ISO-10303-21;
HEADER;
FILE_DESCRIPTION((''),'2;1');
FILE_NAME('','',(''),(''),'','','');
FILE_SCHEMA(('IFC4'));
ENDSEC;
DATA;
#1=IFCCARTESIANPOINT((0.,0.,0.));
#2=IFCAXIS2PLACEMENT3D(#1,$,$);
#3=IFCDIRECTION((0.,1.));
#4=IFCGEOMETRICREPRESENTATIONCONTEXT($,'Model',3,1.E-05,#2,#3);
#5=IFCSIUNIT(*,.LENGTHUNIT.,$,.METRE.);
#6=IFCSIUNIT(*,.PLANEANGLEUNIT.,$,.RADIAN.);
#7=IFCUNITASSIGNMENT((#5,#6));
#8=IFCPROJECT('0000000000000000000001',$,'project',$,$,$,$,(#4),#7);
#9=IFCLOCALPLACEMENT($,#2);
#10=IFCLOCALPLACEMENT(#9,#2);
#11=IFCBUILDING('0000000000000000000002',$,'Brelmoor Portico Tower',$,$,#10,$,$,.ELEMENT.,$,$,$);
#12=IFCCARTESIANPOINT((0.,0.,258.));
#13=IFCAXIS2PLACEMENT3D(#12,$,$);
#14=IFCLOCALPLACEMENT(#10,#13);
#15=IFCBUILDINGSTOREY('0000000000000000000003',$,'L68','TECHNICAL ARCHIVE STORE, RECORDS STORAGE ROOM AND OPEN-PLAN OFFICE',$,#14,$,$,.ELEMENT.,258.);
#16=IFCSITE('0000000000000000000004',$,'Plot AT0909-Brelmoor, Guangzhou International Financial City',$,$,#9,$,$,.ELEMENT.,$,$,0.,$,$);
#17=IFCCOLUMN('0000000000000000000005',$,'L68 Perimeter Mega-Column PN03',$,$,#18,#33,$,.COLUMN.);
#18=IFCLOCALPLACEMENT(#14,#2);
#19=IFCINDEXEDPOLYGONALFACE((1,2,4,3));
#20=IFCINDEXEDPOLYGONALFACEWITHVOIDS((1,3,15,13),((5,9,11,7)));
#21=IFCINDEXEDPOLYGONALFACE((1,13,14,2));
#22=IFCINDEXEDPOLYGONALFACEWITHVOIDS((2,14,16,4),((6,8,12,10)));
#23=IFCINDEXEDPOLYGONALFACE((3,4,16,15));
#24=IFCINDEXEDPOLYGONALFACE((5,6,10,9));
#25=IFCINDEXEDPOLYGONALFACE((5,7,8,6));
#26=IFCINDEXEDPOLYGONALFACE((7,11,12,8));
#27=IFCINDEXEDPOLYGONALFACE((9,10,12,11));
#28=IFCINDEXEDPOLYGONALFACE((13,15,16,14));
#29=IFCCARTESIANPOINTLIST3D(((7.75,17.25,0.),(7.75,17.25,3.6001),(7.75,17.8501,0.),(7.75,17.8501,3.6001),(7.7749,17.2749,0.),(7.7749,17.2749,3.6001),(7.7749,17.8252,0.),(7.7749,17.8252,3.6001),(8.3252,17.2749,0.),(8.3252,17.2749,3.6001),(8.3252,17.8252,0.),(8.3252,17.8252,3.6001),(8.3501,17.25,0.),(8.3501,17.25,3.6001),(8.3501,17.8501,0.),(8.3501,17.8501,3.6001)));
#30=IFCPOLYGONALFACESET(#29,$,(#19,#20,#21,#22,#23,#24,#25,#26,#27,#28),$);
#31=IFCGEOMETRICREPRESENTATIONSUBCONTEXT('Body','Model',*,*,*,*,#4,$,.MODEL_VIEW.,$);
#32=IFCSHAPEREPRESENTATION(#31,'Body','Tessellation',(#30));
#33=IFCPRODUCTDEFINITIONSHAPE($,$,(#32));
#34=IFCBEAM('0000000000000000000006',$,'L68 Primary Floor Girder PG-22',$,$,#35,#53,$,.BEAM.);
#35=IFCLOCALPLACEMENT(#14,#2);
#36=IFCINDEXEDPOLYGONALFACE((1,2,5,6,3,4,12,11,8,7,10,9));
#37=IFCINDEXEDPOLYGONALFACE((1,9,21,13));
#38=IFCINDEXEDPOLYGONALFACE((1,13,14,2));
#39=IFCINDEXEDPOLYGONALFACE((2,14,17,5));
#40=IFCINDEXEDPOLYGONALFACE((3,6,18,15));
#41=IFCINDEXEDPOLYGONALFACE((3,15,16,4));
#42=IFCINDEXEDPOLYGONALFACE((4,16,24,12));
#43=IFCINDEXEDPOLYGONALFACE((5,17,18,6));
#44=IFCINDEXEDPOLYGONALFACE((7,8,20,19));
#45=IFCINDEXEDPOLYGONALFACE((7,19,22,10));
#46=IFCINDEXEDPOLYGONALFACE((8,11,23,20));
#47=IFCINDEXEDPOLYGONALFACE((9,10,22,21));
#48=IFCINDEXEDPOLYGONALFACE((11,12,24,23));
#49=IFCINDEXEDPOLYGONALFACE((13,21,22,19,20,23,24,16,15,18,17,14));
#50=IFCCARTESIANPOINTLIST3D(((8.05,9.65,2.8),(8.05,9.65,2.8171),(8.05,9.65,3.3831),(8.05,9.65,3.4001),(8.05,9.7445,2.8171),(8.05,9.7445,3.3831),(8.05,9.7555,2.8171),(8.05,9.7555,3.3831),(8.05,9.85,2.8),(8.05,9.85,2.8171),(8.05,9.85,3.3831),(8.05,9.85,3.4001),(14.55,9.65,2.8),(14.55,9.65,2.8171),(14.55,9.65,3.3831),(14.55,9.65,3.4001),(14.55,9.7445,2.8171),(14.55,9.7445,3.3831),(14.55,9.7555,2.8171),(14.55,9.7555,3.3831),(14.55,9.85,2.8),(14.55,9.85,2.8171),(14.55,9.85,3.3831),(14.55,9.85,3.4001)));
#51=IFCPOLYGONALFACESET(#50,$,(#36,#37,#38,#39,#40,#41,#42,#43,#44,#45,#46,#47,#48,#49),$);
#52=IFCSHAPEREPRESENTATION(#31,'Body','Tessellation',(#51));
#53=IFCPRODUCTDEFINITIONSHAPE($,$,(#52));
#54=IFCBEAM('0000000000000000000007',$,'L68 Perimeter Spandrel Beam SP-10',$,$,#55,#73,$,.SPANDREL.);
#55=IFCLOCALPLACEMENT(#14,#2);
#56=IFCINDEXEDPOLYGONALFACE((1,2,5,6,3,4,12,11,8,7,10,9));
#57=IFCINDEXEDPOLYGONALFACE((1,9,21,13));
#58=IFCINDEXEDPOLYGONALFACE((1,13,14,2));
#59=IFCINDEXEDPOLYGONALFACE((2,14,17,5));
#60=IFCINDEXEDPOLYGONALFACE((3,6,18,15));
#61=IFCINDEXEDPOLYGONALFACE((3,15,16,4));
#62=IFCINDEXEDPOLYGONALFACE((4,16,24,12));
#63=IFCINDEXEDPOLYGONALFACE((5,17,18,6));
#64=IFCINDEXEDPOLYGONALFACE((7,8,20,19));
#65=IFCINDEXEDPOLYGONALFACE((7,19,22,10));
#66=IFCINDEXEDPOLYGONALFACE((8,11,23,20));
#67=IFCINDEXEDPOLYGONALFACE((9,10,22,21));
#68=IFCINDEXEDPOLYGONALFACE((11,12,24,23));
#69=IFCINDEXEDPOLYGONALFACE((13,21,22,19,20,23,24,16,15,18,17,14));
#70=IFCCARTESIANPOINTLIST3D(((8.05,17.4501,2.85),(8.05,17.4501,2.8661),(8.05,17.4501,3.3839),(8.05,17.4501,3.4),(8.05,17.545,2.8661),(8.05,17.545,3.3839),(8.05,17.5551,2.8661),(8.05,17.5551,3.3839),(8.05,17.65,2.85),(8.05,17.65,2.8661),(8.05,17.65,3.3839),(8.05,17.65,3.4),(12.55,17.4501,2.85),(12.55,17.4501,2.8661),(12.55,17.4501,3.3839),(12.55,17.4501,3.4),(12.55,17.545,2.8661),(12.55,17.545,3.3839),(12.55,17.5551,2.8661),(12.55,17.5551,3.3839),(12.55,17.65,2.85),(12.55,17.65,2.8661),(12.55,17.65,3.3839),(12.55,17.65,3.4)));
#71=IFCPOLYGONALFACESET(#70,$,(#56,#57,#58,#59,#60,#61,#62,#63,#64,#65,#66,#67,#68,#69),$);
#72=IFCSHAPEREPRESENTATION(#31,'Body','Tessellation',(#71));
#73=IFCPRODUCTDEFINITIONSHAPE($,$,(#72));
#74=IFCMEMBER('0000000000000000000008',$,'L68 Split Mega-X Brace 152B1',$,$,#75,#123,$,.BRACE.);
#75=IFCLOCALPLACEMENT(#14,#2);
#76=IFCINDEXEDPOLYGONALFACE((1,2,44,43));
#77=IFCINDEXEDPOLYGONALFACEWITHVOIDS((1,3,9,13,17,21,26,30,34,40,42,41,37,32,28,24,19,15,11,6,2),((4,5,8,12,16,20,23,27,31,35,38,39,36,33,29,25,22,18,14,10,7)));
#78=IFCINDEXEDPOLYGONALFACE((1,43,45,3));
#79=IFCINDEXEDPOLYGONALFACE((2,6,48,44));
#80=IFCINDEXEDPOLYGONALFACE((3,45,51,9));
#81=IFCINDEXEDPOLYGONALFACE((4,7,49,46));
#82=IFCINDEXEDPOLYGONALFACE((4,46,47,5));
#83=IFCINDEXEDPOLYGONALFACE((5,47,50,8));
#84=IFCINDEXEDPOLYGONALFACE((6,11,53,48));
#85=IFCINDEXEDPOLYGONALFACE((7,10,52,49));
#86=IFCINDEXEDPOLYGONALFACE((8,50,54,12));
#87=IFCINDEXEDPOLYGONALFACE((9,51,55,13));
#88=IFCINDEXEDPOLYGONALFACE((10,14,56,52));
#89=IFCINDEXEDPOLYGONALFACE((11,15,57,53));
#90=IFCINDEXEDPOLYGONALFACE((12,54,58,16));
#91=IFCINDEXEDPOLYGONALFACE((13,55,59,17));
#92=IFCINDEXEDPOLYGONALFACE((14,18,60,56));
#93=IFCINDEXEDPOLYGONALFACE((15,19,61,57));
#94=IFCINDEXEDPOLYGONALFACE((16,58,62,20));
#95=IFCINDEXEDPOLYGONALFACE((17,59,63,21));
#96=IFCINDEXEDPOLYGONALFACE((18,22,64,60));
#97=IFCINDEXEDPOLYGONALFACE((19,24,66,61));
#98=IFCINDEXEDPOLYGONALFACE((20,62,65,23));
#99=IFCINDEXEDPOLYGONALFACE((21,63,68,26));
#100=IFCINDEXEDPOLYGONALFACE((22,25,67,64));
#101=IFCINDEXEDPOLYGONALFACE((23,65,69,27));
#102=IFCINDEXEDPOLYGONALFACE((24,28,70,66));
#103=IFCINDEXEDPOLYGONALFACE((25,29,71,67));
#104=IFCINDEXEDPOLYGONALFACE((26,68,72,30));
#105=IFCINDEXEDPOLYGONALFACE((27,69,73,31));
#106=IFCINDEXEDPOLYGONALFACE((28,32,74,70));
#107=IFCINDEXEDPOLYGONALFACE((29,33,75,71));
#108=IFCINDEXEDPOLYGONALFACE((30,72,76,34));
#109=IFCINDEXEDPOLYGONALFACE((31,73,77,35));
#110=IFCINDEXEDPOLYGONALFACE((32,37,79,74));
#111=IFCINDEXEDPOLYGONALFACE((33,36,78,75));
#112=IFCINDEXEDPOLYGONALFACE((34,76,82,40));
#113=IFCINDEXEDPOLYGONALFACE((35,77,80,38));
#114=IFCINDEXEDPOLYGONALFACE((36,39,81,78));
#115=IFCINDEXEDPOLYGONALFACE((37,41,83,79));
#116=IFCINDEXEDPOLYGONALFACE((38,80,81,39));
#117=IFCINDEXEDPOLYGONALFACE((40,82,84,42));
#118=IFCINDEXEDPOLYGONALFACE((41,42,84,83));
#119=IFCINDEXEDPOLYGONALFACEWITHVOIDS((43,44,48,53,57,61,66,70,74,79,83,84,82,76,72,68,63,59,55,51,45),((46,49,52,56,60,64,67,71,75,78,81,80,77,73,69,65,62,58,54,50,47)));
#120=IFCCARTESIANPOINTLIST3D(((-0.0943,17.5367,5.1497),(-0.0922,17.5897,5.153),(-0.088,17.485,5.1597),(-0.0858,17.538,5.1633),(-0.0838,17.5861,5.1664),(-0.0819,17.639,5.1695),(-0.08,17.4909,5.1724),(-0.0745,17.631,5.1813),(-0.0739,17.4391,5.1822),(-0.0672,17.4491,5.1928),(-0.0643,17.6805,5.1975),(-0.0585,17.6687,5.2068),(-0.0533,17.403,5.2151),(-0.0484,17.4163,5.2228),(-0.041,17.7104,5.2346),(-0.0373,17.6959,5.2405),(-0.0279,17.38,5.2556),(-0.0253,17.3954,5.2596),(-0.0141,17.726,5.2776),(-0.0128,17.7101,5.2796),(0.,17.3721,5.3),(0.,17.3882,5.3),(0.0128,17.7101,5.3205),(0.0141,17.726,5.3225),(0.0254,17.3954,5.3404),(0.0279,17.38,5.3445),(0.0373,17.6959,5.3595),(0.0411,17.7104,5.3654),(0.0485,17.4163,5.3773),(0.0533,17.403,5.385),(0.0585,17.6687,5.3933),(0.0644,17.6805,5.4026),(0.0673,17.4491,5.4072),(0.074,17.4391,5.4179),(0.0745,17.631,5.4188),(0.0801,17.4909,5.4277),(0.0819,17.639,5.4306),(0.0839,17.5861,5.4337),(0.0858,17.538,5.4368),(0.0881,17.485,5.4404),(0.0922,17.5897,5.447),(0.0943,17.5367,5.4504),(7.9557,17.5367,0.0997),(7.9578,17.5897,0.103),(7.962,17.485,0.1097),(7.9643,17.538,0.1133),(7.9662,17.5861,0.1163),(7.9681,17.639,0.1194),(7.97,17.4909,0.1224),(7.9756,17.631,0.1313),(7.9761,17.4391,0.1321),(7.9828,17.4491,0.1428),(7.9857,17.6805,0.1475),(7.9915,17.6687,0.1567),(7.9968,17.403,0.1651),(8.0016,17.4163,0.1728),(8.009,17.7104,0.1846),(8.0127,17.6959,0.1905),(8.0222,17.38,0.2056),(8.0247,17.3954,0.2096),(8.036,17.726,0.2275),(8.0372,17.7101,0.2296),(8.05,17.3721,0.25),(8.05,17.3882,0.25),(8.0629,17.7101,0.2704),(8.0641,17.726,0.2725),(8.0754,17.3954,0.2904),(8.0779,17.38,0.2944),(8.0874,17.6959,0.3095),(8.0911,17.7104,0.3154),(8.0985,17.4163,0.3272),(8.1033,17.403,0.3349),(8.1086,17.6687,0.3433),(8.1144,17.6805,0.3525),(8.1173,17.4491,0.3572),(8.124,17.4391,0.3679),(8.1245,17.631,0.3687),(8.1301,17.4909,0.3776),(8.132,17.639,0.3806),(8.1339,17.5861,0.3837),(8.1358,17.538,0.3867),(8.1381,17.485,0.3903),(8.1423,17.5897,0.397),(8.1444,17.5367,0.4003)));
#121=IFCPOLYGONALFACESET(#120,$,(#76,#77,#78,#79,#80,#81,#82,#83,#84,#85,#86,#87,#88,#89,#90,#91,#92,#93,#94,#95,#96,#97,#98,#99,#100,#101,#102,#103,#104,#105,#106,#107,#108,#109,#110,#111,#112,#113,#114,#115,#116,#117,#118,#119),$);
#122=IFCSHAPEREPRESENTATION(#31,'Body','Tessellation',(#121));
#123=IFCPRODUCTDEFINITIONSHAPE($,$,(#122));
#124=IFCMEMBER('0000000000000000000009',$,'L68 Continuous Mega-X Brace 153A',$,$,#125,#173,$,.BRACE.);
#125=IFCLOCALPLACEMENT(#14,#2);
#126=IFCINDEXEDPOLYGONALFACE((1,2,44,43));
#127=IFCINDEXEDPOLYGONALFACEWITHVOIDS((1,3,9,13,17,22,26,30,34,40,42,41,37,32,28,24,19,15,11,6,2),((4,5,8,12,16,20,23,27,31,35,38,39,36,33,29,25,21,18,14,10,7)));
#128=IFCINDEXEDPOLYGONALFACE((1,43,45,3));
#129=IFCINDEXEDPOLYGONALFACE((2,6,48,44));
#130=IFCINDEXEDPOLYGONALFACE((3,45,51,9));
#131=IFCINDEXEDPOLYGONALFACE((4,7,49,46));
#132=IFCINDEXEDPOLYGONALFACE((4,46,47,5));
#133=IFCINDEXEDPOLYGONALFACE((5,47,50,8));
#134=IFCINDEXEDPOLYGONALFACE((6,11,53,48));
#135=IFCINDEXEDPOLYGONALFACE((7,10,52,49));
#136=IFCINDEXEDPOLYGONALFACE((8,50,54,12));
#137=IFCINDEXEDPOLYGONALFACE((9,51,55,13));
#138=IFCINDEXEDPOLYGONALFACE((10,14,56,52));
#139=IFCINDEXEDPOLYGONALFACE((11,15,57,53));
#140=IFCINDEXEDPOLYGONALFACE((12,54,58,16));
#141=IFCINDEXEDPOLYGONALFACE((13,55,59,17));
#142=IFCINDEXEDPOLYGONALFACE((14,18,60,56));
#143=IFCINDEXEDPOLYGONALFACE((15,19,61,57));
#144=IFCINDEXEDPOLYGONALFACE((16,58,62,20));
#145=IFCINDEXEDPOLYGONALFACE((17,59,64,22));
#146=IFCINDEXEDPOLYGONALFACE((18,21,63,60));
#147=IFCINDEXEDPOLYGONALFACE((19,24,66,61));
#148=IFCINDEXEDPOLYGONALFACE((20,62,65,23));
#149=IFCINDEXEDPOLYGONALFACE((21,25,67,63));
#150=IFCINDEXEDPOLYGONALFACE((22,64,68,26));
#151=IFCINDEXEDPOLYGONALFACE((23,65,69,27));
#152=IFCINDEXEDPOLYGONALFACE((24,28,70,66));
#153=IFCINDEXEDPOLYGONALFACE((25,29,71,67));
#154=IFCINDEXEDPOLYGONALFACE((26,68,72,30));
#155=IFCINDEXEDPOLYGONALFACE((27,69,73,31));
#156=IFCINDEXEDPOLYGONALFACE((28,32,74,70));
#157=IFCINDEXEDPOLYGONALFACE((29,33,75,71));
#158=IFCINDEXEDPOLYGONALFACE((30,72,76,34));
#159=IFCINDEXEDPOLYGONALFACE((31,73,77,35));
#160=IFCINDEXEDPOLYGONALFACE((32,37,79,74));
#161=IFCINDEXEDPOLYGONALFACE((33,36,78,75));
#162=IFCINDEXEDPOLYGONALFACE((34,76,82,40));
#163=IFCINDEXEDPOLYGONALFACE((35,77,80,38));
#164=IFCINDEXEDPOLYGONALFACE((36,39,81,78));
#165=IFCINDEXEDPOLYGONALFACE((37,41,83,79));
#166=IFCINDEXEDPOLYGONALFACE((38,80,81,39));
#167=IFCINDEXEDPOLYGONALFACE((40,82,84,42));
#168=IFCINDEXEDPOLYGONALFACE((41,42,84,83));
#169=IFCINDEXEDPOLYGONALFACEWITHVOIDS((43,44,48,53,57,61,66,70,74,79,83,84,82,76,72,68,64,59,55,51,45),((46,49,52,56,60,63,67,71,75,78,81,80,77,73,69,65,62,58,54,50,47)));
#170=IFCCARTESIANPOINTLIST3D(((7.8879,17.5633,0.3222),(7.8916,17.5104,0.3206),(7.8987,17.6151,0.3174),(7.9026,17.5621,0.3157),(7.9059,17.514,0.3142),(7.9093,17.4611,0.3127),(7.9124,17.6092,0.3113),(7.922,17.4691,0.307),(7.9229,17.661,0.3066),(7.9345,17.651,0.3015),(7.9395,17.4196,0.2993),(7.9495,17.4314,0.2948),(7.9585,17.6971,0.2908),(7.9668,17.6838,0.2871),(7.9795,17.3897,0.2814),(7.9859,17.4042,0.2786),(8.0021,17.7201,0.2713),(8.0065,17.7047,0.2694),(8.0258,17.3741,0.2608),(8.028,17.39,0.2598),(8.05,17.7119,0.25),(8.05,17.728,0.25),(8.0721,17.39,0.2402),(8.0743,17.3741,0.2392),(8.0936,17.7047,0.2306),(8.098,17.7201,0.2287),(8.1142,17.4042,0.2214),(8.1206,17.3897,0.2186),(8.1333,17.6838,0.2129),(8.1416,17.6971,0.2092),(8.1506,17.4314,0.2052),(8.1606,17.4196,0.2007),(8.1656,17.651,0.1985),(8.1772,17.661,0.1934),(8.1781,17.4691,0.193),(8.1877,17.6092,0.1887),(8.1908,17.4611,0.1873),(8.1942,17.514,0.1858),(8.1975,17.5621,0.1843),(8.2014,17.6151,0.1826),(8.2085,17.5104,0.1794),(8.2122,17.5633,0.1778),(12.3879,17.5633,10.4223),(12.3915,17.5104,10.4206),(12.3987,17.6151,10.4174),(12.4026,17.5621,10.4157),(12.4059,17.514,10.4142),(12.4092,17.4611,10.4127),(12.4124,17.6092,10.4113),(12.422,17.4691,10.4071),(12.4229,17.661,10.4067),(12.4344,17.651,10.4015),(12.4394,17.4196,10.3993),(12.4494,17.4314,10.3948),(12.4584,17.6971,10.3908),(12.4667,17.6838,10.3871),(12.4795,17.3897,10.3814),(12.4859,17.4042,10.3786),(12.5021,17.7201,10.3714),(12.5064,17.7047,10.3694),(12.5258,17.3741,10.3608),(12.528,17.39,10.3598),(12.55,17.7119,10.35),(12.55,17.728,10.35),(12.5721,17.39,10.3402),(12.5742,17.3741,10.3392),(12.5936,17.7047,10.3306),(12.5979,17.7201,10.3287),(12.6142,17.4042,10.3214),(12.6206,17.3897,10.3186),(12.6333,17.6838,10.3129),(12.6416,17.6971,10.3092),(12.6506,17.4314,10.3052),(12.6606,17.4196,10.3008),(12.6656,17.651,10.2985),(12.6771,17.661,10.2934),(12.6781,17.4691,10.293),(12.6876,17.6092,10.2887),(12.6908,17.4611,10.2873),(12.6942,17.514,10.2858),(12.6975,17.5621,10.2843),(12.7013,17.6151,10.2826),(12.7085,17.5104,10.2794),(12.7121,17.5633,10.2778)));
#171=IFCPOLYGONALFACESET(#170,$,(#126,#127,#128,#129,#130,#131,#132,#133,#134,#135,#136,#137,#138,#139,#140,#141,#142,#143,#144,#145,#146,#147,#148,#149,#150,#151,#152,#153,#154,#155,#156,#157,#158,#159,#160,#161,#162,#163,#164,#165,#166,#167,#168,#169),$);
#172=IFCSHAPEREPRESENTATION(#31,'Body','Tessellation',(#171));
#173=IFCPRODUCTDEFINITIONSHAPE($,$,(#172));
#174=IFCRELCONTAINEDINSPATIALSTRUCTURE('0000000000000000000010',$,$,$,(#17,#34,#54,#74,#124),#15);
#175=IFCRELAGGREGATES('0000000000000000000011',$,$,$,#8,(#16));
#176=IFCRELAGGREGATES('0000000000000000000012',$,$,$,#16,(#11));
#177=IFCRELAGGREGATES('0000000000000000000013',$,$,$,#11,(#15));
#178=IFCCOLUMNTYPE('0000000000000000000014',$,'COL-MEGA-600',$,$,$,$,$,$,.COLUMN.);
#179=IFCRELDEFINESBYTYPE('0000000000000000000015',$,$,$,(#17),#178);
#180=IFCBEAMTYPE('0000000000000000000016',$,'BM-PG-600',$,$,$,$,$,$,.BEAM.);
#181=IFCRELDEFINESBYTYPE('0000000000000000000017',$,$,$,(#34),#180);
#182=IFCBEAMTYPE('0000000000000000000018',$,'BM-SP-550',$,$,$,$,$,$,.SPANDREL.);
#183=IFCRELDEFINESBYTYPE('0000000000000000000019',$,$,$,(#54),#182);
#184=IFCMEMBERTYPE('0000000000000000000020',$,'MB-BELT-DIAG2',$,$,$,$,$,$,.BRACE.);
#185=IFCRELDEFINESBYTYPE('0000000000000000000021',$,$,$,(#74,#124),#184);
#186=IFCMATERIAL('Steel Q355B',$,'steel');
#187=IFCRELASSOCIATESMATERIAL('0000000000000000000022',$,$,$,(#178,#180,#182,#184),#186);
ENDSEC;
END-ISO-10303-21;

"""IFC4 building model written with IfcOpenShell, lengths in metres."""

from ifc_helpers import new_model, si_unit, direction, frame, origin, origin_2d, place, context, subcontext, project, spatial, hollow_rectangle, hollow_circle, i_section, extrude, material, material_profile, profile_set, type_object, element, save


model = new_model("IFC4")

# Units and contexts
model_context = context("Model", 3, precision=1e-05, world=origin(), true_north=direction((0.0, 1.0)))
body_context = subcontext(model_context, "Body", "Model", "MODEL_VIEW")
ifc_project = project(units=[si_unit("LENGTHUNIT", "METRE"), si_unit("PLANEANGLEUNIT", "RADIAN")], contexts=[model_context])

# Site, building, storey
site_placement = place(None, origin())
site = spatial("IfcSite", under=ifc_project, at=site_placement, Name="Plot AT0909-Brelmoor, Guangzhou International Financial City", CompositionType="ELEMENT", RefElevation=0.0)
building_placement = place(site_placement, origin())
building = spatial("IfcBuilding", under=site, at=building_placement, Name="Brelmoor Portico Tower", CompositionType="ELEMENT")
storey_placement = place(building_placement, frame((0.0, 0.0, 258.0)))
storey = spatial("IfcBuildingStorey", under=building, at=storey_placement, Name="L68", Description="TECHNICAL ARCHIVE STORE, RECORDS STORAGE ROOM AND OPEN-PLAN OFFICE", CompositionType="ELEMENT", Elevation=258.0)

# Column
ifc_material_1 = material(Name="Steel Q355B", Category="steel")
ifc_material_profile_1 = material_profile(ifc_material_1, hollow_rectangle(XDim=0.6001, YDim=0.6001, WallThickness=0.0249, at=origin_2d()), Name="BOX 600x600x25")
ifc_profile_set_1 = profile_set([ifc_material_profile_1], Name="Steel Q355B")
column_type = type_object("IfcColumnType", Name="COL-MEGA-600", PredefinedType="COLUMN", material=ifc_profile_set_1)
column_placement = place(storey_placement, frame((8.05, 17.55, 0.0), z_axis=(0.0, 0.0, 1.0), x_axis=(1.0, 0.0, 0.0)))
element("IfcColumn", 1, at=column_placement, inside=storey, type_object=column_type, Name="L68 Perimeter Mega-Column PN03", PredefinedType="COLUMN", context=body_context, shape_type="SweptSolid", body=[
    extrude(hollow_rectangle(XDim=0.6001, YDim=0.6001, WallThickness=0.0249, at=origin_2d()), origin(), (0.0, 0.0, 1.0), 3.6001),
])

# Beams
ifc_material_profile_2 = material_profile(ifc_material_1, i_section(OverallWidth=0.2, OverallDepth=0.6001, WebThickness=0.011, FlangeThickness=0.0171, at=origin_2d()), Name="HN 600x200x11x17")
ifc_profile_set_2 = profile_set([ifc_material_profile_2], Name="Steel Q355B")
beam_type_1 = type_object("IfcBeamType", Name="BM-PG-600", PredefinedType="BEAM", material=ifc_profile_set_2)
beam_1_placement = place(storey_placement, frame((8.05, 9.75, 3.1001), z_axis=(1.0, 0.0, 0.0), x_axis=(0.0, 1.0, 0.0)))
element("IfcBeam", 2, at=beam_1_placement, inside=storey, type_object=beam_type_1, Name="L68 Primary Floor Girder PG-22", PredefinedType="BEAM", context=body_context, shape_type="SweptSolid", body=[
    extrude(i_section(OverallWidth=0.2, OverallDepth=0.6001, WebThickness=0.011, FlangeThickness=0.0171, at=origin_2d()), origin(), (0.0, 0.0, 1.0), 6.5),
])
ifc_material_profile_3 = material_profile(ifc_material_1, i_section(OverallWidth=0.2, OverallDepth=0.55, WebThickness=0.01, FlangeThickness=0.0161, at=origin_2d()), Name="HN 550x200x10x16")
ifc_profile_set_3 = profile_set([ifc_material_profile_3], Name="Steel Q355B")
beam_type_2 = type_object("IfcBeamType", Name="BM-SP-550", PredefinedType="SPANDREL", material=ifc_profile_set_3)
beam_2_placement = place(storey_placement, frame((8.05, 17.55, 3.125), z_axis=(1.0, 0.0, 0.0), x_axis=(0.0, 1.0, 0.0)))
element("IfcBeam", 3, at=beam_2_placement, inside=storey, type_object=beam_type_2, Name="L68 Perimeter Spandrel Beam SP-10", PredefinedType="SPANDREL", context=body_context, shape_type="SweptSolid", body=[
    extrude(i_section(OverallWidth=0.2, OverallDepth=0.55, WebThickness=0.01, FlangeThickness=0.0161, at=origin_2d()), origin(), (0.0, 0.0, 1.0), 4.5),
])

# Members
ifc_material_profile_4 = material_profile(ifc_material_1, hollow_circle(Radius=0.178, WallThickness=0.0161, at=origin_2d()), Name="CHS 356x16")
ifc_profile_set_4 = profile_set([ifc_material_profile_4], Name="Steel Q355B")
member_type_1 = type_object("IfcMemberType", Name="MB-BELT-DIAG2", PredefinedType="BRACE", material=ifc_profile_set_4)
member_1_placement = place(storey_placement, frame((8.05, 17.55, 0.25), z_axis=(-0.847109, 0.0, 0.531418), x_axis=(0.0, -1.0, 0.0)))
element("IfcMember", 4, at=member_1_placement, inside=storey, type_object=member_type_1, Name="L68 Split Mega-X Brace 152B1", PredefinedType="BRACE", context=body_context, shape_type="SweptSolid", body=[
    extrude(hollow_circle(Radius=0.178, WallThickness=0.0161, at=origin_2d()), origin(), (0.0, 0.0, 1.0), 9.5029),
])
member_2_placement = place(storey_placement, frame((8.05, 17.55, 0.25), z_axis=(0.406974, 0.0, 0.91344), x_axis=(0.0, 1.0, 0.0)))
element("IfcMember", 5, at=member_2_placement, inside=storey, type_object=member_type_1, Name="L68 Continuous Mega-X Brace 153A", PredefinedType="BRACE", context=body_context, shape_type="SweptSolid", body=[
    extrude(hollow_circle(Radius=0.178, WallThickness=0.0161, at=origin_2d()), origin(), (0.0, 0.0, 1.0), 11.0571),
])

save(model, "model.ifc")
